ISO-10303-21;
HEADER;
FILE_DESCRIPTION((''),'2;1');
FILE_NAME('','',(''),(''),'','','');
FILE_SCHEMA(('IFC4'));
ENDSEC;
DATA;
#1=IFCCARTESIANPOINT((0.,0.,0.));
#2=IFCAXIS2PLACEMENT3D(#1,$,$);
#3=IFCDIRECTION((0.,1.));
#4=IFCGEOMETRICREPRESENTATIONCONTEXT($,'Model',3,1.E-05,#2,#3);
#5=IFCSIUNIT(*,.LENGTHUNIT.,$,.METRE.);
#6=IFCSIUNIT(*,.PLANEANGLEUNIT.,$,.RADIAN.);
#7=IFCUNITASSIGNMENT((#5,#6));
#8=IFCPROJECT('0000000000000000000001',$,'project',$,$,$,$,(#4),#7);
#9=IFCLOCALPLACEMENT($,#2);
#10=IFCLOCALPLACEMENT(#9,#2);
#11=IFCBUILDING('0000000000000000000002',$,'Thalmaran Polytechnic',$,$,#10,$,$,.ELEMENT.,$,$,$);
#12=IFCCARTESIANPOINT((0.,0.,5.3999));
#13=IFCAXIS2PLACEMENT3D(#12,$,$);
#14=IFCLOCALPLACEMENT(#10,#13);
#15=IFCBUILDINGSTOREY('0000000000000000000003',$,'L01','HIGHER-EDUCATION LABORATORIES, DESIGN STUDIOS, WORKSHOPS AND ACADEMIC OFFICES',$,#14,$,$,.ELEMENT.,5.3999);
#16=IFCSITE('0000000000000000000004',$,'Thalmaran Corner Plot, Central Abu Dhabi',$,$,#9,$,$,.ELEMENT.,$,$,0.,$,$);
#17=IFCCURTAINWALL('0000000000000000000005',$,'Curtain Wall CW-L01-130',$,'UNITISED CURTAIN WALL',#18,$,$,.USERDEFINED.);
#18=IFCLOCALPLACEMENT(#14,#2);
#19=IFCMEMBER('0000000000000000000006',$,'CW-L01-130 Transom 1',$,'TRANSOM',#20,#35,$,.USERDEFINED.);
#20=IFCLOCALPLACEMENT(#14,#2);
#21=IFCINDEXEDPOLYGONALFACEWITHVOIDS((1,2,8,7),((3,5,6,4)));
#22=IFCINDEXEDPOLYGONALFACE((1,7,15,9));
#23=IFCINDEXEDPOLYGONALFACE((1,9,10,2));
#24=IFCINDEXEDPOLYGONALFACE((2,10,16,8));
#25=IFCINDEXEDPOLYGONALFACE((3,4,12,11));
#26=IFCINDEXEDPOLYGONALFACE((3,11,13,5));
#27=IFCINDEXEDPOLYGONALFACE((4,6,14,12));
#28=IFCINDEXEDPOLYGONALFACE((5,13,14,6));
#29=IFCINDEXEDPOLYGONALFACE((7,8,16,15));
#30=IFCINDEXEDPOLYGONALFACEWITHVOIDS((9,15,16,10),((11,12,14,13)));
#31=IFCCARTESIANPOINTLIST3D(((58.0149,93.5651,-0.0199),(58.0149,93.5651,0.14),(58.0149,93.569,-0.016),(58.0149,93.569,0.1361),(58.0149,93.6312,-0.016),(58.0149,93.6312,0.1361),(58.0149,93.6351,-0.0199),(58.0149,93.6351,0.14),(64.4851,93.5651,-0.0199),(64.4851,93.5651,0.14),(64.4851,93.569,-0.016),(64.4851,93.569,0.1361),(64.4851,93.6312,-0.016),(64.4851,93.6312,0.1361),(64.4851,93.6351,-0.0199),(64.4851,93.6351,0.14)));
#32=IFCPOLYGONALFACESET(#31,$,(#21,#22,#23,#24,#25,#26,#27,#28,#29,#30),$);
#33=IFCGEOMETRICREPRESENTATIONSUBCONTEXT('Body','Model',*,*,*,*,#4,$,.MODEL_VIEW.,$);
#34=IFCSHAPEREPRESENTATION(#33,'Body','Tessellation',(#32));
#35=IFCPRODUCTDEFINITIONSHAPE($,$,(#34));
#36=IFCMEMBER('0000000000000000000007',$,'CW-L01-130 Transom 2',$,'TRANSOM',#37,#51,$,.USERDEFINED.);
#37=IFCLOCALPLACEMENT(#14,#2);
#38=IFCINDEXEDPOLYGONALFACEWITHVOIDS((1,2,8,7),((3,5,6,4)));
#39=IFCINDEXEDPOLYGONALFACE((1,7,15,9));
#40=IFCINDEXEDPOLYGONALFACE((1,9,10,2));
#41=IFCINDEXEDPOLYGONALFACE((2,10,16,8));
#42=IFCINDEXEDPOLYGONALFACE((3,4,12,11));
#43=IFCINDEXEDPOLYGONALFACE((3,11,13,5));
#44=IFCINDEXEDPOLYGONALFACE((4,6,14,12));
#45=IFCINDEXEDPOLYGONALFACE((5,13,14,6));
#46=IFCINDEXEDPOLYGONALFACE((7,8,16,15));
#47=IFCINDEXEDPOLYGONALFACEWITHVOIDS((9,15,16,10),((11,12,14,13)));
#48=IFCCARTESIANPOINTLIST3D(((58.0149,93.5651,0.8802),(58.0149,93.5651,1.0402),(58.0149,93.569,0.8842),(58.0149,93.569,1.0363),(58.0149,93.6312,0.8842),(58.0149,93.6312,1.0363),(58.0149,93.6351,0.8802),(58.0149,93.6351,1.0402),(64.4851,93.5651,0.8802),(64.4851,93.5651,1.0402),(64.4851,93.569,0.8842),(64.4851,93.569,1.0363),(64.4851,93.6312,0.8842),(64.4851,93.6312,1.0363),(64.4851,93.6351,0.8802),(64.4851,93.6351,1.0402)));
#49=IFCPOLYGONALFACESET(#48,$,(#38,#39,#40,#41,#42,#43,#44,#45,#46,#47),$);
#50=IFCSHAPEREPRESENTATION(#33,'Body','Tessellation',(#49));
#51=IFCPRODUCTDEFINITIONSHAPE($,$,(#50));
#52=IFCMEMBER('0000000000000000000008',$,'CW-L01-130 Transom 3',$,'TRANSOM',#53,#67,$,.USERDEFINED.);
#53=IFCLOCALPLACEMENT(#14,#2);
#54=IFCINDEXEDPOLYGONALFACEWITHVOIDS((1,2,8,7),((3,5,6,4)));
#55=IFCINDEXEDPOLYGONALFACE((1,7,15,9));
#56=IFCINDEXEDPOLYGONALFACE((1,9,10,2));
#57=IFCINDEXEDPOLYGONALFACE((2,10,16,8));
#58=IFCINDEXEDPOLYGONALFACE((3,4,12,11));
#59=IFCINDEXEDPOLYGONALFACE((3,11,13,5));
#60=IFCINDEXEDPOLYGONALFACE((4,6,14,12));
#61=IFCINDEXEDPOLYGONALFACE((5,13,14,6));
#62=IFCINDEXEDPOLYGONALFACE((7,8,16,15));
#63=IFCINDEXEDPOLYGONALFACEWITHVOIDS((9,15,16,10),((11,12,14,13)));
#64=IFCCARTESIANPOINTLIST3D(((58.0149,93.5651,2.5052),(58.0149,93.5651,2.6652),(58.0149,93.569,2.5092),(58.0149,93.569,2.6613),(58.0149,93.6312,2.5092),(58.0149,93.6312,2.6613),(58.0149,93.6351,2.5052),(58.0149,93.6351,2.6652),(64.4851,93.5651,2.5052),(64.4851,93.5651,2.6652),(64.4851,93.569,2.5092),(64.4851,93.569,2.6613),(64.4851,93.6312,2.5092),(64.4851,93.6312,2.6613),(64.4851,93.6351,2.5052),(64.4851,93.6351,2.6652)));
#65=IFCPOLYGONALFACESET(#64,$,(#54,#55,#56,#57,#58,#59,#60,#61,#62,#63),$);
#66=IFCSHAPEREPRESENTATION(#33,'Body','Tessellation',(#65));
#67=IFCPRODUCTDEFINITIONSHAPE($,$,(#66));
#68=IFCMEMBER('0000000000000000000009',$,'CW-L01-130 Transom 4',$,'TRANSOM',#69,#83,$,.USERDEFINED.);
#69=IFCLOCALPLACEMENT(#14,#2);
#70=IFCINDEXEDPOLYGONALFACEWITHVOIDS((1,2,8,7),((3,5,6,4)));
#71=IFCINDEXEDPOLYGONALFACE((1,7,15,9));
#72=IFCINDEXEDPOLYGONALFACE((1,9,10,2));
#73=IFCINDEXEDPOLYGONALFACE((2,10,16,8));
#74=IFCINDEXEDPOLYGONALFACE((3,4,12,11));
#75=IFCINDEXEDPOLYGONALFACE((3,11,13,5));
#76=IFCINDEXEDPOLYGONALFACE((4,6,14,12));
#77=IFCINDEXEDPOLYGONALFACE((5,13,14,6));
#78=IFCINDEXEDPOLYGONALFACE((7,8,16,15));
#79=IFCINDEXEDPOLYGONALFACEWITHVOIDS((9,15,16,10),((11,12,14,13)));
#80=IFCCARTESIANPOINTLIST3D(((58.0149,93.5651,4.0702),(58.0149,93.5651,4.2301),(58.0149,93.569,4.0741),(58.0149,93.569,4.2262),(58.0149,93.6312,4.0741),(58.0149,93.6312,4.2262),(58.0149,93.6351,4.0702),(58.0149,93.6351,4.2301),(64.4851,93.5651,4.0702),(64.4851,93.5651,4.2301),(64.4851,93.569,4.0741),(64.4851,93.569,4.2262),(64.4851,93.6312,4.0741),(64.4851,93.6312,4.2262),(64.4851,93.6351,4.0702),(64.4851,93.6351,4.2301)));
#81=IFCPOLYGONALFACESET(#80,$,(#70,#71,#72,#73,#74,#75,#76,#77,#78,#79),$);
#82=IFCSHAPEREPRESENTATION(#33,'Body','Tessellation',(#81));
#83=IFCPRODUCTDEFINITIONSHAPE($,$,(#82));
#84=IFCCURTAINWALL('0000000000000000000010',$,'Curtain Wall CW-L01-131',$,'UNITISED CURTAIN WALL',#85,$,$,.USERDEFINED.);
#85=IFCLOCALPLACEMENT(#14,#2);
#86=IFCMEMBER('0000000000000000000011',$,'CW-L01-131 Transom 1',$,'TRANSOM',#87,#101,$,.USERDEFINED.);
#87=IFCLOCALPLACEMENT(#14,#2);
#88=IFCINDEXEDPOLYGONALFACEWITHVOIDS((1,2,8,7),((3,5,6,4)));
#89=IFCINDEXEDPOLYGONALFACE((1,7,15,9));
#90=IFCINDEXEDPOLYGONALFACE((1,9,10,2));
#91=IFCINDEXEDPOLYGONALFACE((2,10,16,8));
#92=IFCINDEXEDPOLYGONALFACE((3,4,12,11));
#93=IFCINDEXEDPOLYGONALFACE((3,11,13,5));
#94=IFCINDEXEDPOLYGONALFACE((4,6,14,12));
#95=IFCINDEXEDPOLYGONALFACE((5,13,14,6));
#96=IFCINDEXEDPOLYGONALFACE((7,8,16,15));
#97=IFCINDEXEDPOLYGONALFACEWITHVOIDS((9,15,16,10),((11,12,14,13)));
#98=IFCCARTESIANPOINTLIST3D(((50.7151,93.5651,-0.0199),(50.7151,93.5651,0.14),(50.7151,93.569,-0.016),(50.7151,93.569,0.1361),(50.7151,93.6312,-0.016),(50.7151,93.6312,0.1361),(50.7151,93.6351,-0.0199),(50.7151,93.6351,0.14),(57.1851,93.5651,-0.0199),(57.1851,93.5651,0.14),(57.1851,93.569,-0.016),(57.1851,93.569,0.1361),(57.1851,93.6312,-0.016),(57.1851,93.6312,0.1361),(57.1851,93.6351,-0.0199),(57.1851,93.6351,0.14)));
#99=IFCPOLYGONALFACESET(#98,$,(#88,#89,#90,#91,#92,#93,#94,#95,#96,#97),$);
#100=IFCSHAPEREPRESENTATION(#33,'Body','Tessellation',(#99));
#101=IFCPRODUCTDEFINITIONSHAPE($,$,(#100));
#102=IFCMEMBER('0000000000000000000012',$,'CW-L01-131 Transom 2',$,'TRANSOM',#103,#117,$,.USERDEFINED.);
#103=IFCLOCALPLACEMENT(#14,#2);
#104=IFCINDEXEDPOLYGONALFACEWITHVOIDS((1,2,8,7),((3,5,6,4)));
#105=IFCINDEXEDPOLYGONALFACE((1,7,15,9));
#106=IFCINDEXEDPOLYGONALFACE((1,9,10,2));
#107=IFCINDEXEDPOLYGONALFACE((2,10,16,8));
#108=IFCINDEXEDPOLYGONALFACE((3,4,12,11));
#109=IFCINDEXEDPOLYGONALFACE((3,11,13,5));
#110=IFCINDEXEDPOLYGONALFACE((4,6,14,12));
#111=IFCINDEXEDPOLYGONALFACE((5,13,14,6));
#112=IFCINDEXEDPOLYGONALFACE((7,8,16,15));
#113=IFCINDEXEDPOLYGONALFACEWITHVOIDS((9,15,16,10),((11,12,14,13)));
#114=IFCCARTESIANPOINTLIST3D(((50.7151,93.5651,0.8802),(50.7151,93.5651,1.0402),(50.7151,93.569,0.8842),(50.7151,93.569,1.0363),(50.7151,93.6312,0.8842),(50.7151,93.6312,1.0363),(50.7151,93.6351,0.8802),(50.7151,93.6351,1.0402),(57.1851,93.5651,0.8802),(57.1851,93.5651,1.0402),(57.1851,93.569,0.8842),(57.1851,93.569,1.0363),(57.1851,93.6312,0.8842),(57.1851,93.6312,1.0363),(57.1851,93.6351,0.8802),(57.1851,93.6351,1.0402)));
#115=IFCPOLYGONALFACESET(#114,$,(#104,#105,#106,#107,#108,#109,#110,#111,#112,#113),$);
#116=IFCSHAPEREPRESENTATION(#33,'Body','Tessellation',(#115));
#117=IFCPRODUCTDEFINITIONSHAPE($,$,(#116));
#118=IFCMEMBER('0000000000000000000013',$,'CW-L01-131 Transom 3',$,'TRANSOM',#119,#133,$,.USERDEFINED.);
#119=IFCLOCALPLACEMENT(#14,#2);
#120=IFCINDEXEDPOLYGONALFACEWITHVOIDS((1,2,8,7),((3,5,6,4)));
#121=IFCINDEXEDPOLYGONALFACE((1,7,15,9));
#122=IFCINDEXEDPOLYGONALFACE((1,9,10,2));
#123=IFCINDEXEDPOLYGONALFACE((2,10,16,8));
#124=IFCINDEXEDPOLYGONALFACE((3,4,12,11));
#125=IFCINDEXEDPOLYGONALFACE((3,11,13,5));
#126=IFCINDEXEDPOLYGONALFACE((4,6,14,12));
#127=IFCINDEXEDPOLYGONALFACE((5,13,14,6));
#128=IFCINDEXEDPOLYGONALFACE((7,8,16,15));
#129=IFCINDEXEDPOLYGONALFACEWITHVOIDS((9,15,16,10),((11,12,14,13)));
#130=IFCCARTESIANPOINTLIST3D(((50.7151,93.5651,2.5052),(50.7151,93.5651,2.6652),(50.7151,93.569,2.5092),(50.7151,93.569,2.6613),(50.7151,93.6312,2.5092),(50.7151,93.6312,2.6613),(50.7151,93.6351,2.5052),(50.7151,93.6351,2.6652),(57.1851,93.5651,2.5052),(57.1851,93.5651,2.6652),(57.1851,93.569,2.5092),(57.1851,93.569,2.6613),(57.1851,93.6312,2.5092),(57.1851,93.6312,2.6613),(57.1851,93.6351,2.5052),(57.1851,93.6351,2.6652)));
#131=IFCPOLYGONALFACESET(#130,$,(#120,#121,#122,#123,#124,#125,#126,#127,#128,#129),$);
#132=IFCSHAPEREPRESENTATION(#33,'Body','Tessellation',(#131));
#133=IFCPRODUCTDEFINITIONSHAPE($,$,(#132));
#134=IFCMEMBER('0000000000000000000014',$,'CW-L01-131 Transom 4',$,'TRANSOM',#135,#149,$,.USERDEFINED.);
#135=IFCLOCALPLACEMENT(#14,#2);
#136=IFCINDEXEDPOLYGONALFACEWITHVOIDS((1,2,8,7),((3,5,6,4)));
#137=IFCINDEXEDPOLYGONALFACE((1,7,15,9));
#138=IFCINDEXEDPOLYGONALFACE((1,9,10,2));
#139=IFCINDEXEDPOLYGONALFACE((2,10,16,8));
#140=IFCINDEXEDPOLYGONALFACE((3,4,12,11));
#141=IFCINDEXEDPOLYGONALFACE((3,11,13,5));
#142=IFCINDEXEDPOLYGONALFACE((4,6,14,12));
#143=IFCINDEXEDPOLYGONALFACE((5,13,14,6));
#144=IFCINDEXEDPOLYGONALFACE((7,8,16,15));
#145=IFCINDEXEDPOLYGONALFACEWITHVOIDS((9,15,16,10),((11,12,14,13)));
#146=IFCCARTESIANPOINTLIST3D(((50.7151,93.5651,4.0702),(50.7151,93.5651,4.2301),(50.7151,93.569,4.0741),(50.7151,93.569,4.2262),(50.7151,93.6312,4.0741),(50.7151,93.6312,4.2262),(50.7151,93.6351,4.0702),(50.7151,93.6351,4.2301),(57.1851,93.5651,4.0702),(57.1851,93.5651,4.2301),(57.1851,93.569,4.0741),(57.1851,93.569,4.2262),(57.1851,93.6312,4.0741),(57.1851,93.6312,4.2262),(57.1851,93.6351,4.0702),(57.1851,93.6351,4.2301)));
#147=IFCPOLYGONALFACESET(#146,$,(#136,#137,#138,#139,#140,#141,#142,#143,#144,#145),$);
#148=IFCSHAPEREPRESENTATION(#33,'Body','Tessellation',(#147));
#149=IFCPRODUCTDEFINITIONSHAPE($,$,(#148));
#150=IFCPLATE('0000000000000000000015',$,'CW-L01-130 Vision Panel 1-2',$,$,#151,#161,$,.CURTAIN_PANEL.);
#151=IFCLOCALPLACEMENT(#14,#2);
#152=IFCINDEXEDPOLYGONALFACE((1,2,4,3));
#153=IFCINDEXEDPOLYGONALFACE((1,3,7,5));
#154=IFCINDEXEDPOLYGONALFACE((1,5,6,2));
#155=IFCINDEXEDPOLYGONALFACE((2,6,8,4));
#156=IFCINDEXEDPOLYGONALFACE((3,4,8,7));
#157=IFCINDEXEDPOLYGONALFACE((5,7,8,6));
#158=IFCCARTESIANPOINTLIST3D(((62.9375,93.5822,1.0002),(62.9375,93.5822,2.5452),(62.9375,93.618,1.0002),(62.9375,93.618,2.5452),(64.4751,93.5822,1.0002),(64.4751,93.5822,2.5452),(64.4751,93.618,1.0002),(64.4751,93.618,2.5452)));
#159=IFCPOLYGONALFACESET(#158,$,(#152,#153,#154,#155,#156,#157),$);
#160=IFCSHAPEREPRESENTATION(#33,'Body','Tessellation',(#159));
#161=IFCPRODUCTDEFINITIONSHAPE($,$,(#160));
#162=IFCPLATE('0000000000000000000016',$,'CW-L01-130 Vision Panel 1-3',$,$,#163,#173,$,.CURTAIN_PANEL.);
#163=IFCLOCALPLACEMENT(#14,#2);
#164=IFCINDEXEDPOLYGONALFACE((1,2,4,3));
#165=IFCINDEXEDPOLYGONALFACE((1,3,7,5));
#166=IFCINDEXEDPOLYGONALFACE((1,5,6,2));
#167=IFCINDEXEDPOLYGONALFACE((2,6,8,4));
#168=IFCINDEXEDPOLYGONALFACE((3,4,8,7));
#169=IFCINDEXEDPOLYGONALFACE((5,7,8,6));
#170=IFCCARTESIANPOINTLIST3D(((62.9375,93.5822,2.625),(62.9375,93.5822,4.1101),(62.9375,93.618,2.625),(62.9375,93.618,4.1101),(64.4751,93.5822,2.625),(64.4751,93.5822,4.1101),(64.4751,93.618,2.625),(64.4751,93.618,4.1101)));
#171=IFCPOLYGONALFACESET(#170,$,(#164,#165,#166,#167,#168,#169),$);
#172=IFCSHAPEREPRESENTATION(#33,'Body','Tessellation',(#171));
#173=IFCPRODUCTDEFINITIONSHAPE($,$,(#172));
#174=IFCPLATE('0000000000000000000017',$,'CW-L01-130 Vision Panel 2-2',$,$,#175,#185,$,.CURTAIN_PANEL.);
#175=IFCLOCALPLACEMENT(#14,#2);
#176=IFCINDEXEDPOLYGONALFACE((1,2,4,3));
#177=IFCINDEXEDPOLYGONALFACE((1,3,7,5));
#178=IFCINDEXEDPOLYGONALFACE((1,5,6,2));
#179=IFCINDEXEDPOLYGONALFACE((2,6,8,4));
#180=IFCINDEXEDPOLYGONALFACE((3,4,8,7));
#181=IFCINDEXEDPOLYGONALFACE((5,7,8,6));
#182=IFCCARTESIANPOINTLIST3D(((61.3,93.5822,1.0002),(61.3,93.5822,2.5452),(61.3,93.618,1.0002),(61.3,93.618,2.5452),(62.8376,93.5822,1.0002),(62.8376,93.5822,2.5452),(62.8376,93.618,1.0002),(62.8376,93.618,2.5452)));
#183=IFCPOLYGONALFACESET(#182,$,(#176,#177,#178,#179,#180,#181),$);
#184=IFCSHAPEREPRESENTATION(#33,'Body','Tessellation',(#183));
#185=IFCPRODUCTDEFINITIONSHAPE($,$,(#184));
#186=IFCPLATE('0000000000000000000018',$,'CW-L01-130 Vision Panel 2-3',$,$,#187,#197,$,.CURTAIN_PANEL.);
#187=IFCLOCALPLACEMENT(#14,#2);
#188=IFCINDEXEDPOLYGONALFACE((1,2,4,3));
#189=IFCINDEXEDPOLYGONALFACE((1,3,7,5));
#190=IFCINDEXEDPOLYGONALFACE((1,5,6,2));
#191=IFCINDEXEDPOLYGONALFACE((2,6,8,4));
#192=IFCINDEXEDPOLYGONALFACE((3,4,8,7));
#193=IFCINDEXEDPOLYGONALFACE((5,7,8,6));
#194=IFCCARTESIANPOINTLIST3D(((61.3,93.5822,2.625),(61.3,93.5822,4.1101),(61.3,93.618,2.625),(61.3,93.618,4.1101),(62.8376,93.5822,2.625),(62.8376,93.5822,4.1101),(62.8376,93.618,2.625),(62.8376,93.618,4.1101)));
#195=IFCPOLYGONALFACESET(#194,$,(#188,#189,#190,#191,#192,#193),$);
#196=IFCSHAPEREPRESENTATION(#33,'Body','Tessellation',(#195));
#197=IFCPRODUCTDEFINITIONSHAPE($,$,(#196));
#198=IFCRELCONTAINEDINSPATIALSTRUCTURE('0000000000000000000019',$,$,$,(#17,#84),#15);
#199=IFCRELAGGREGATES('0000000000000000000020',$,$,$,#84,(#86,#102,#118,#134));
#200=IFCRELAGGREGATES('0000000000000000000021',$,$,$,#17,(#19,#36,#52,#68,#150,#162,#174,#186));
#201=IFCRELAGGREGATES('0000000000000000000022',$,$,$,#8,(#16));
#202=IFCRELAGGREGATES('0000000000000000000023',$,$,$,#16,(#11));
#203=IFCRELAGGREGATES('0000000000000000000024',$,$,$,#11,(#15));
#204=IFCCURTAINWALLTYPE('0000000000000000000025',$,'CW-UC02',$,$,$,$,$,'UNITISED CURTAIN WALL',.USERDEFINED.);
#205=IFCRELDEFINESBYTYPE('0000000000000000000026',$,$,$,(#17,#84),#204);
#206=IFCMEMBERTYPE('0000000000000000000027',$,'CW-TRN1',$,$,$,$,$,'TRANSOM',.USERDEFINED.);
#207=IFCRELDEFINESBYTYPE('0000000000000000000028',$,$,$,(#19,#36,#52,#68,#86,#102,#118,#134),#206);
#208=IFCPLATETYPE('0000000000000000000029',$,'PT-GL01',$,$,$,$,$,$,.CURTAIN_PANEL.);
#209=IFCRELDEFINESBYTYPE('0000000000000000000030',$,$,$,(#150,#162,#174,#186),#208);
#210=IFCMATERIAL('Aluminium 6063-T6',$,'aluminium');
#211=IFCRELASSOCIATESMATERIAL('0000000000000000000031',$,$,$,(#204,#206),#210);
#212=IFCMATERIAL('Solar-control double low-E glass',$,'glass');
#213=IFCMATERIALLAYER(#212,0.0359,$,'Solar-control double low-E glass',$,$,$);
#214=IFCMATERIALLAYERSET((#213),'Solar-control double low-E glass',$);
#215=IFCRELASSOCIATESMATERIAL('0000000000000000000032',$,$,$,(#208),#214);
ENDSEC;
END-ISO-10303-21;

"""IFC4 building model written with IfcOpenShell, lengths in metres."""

from ifc_helpers import new_model, si_unit, direction, frame, origin, origin_2d, place, context, subcontext, project, spatial, rectangle, hollow_rectangle, extrude, material, layer, layer_set, material_profile, profile_set, type_object, element, aggregate, save


model = new_model("IFC4")

# Units and contexts
model_context = context("Model", 3, precision=1e-05, world=origin(), true_north=direction((0.0, 1.0)))
body_context = subcontext(model_context, "Body", "Model", "MODEL_VIEW")
ifc_project = project(units=[si_unit("LENGTHUNIT", "METRE"), si_unit("PLANEANGLEUNIT", "RADIAN")], contexts=[model_context])

# Site, building, storey
site_placement = place(None, origin())
site = spatial("IfcSite", under=ifc_project, at=site_placement, Name="Thalmaran Corner Plot, Central Abu Dhabi", CompositionType="ELEMENT", RefElevation=0.0)
building_placement = place(site_placement, origin())
building = spatial("IfcBuilding", under=site, at=building_placement, Name="Thalmaran Polytechnic", CompositionType="ELEMENT")
storey_placement = place(building_placement, frame((0.0, 0.0, 5.3999)))
storey = spatial("IfcBuildingStorey", under=building, at=storey_placement, Name="L01", Description="HIGHER-EDUCATION LABORATORIES, DESIGN STUDIOS, WORKSHOPS AND ACADEMIC OFFICES", CompositionType="ELEMENT", Elevation=5.3999)

# Curtain walls, members
ifc_material_1 = material(Name="Aluminium 6063-T6", Category="aluminium")
curtain_wall_type = type_object("IfcCurtainWallType", Name="CW-UC02", ElementType="UNITISED CURTAIN WALL", PredefinedType="USERDEFINED", material=ifc_material_1)
curtain_wall_1_placement = place(storey_placement, origin())
curtain_wall_1 = element("IfcCurtainWall", 1, at=curtain_wall_1_placement, inside=storey, type_object=curtain_wall_type, Name="Curtain Wall CW-L01-130", ObjectType="UNITISED CURTAIN WALL", PredefinedType="USERDEFINED")
ifc_material_profile_1 = material_profile(ifc_material_1, hollow_rectangle(XDim=0.0701, YDim=0.1599, WallThickness=0.0039, at=origin_2d()), Name="AL 160x70x4.0")
ifc_profile_set_1 = profile_set([ifc_material_profile_1], Name="Aluminium 6063-T6")
member_type_1 = type_object("IfcMemberType", Name="CW-TRN1", ElementType="TRANSOM", PredefinedType="USERDEFINED", material=ifc_profile_set_1)
member_1_placement = place(storey_placement, frame((64.4851, 93.6001, 0.0601), z_axis=(-1.0, 0.0, 0.0), x_axis=(0.0, -1.0, 0.0)))
member_1 = element("IfcMember", 2, at=member_1_placement, type_object=member_type_1, Name="CW-L01-130 Transom 1", ObjectType="TRANSOM", PredefinedType="USERDEFINED", context=body_context, shape_type="SweptSolid", body=[
    extrude(hollow_rectangle(XDim=0.0701, YDim=0.1599, WallThickness=0.0039, at=origin_2d()), origin(), (0.0, 0.0, 1.0), 6.4702),
])
member_2_placement = place(storey_placement, frame((64.4851, 93.6001, 0.9602), z_axis=(-1.0, 0.0, 0.0), x_axis=(0.0, -1.0, 0.0)))
member_2 = element("IfcMember", 3, at=member_2_placement, type_object=member_type_1, Name="CW-L01-130 Transom 2", ObjectType="TRANSOM", PredefinedType="USERDEFINED", context=body_context, shape_type="SweptSolid", body=[
    extrude(hollow_rectangle(XDim=0.0701, YDim=0.1599, WallThickness=0.0039, at=origin_2d()), origin(), (0.0, 0.0, 1.0), 6.4702),
])
member_3_placement = place(storey_placement, frame((64.4851, 93.6001, 2.5852), z_axis=(-1.0, 0.0, 0.0), x_axis=(0.0, -1.0, 0.0)))
member_3 = element("IfcMember", 4, at=member_3_placement, type_object=member_type_1, Name="CW-L01-130 Transom 3", ObjectType="TRANSOM", PredefinedType="USERDEFINED", context=body_context, shape_type="SweptSolid", body=[
    extrude(hollow_rectangle(XDim=0.0701, YDim=0.1599, WallThickness=0.0039, at=origin_2d()), origin(), (0.0, 0.0, 1.0), 6.4702),
])
member_4_placement = place(storey_placement, frame((64.4851, 93.6001, 4.1501), z_axis=(-1.0, 0.0, 0.0), x_axis=(0.0, -1.0, 0.0)))
member_4 = element("IfcMember", 5, at=member_4_placement, type_object=member_type_1, Name="CW-L01-130 Transom 4", ObjectType="TRANSOM", PredefinedType="USERDEFINED", context=body_context, shape_type="SweptSolid", body=[
    extrude(hollow_rectangle(XDim=0.0701, YDim=0.1599, WallThickness=0.0039, at=origin_2d()), origin(), (0.0, 0.0, 1.0), 6.4702),
])
curtain_wall_2_placement = place(storey_placement, origin())
curtain_wall_2 = element("IfcCurtainWall", 6, at=curtain_wall_2_placement, inside=storey, type_object=curtain_wall_type, Name="Curtain Wall CW-L01-131", ObjectType="UNITISED CURTAIN WALL", PredefinedType="USERDEFINED")
member_5_placement = place(storey_placement, frame((57.1851, 93.6001, 0.0601), z_axis=(-1.0, 0.0, 0.0), x_axis=(0.0, -1.0, 0.0)))
member_5 = element("IfcMember", 7, at=member_5_placement, type_object=member_type_1, Name="CW-L01-131 Transom 1", ObjectType="TRANSOM", PredefinedType="USERDEFINED", context=body_context, shape_type="SweptSolid", body=[
    extrude(hollow_rectangle(XDim=0.0701, YDim=0.1599, WallThickness=0.0039, at=origin_2d()), origin(), (0.0, 0.0, 1.0), 6.47),
])
member_6_placement = place(storey_placement, frame((57.1851, 93.6001, 0.9602), z_axis=(-1.0, 0.0, 0.0), x_axis=(0.0, -1.0, 0.0)))
member_6 = element("IfcMember", 8, at=member_6_placement, type_object=member_type_1, Name="CW-L01-131 Transom 2", ObjectType="TRANSOM", PredefinedType="USERDEFINED", context=body_context, shape_type="SweptSolid", body=[
    extrude(hollow_rectangle(XDim=0.0701, YDim=0.1599, WallThickness=0.0039, at=origin_2d()), origin(), (0.0, 0.0, 1.0), 6.47),
])
member_7_placement = place(storey_placement, frame((57.1851, 93.6001, 2.5852), z_axis=(-1.0, 0.0, 0.0), x_axis=(0.0, -1.0, 0.0)))
member_7 = element("IfcMember", 9, at=member_7_placement, type_object=member_type_1, Name="CW-L01-131 Transom 3", ObjectType="TRANSOM", PredefinedType="USERDEFINED", context=body_context, shape_type="SweptSolid", body=[
    extrude(hollow_rectangle(XDim=0.0701, YDim=0.1599, WallThickness=0.0039, at=origin_2d()), origin(), (0.0, 0.0, 1.0), 6.47),
])
member_8_placement = place(storey_placement, frame((57.1851, 93.6001, 4.1501), z_axis=(-1.0, 0.0, 0.0), x_axis=(0.0, -1.0, 0.0)))
member_8 = element("IfcMember", 10, at=member_8_placement, type_object=member_type_1, Name="CW-L01-131 Transom 4", ObjectType="TRANSOM", PredefinedType="USERDEFINED", context=body_context, shape_type="SweptSolid", body=[
    extrude(hollow_rectangle(XDim=0.0701, YDim=0.1599, WallThickness=0.0039, at=origin_2d()), origin(), (0.0, 0.0, 1.0), 6.47),
])
aggregate(curtain_wall_2, [member_5, member_6, member_7, member_8])

# Plates
ifc_material_2 = material(Name="Solar-control double low-E glass", Category="glass")
ifc_layer_1 = layer(ifc_material_2, 0.0359, Name="Solar-control double low-E glass")
ifc_layer_set_1 = layer_set([ifc_layer_1], Name="Solar-control double low-E glass")
plate_type_1 = type_object("IfcPlateType", Name="PT-GL01", PredefinedType="CURTAIN_PANEL", material=ifc_layer_set_1)
plate_1_placement = place(storey_placement, frame((63.7063, 93.6001, 1.0002), z_axis=(0.0, 0.0, 1.0), x_axis=(-1.0, 0.0, 0.0)))
plate_1 = element("IfcPlate", 11, at=plate_1_placement, type_object=plate_type_1, Name="CW-L01-130 Vision Panel 1-2", PredefinedType="CURTAIN_PANEL", context=body_context, shape_type="SweptSolid", body=[
    extrude(rectangle(XDim=1.5376, YDim=0.0359, at=origin_2d()), origin(), (0.0, 0.0, 1.0), 1.5449),
])
plate_2_placement = place(storey_placement, frame((63.7063, 93.6001, 2.625), z_axis=(0.0, 0.0, 1.0), x_axis=(-1.0, 0.0, 0.0)))
plate_2 = element("IfcPlate", 12, at=plate_2_placement, type_object=plate_type_1, Name="CW-L01-130 Vision Panel 1-3", PredefinedType="CURTAIN_PANEL", context=body_context, shape_type="SweptSolid", body=[
    extrude(rectangle(XDim=1.5376, YDim=0.0359, at=origin_2d()), origin(), (0.0, 0.0, 1.0), 1.4851),
])
plate_3_placement = place(storey_placement, frame((62.0688, 93.6001, 1.0002), z_axis=(0.0, 0.0, 1.0), x_axis=(-1.0, 0.0, 0.0)))
plate_3 = element("IfcPlate", 13, at=plate_3_placement, type_object=plate_type_1, Name="CW-L01-130 Vision Panel 2-2", PredefinedType="CURTAIN_PANEL", context=body_context, shape_type="SweptSolid", body=[
    extrude(rectangle(XDim=1.5376, YDim=0.0359, at=origin_2d()), origin(), (0.0, 0.0, 1.0), 1.5449),
])
plate_4_placement = place(storey_placement, frame((62.0688, 93.6001, 2.625), z_axis=(0.0, 0.0, 1.0), x_axis=(-1.0, 0.0, 0.0)))
plate_4 = element("IfcPlate", 14, at=plate_4_placement, type_object=plate_type_1, Name="CW-L01-130 Vision Panel 2-3", PredefinedType="CURTAIN_PANEL", context=body_context, shape_type="SweptSolid", body=[
    extrude(rectangle(XDim=1.5376, YDim=0.0359, at=origin_2d()), origin(), (0.0, 0.0, 1.0), 1.4851),
])
aggregate(curtain_wall_1, [member_1, member_2, member_3, member_4, plate_1, plate_2, plate_3, plate_4])

save(model, "model.ifc")
